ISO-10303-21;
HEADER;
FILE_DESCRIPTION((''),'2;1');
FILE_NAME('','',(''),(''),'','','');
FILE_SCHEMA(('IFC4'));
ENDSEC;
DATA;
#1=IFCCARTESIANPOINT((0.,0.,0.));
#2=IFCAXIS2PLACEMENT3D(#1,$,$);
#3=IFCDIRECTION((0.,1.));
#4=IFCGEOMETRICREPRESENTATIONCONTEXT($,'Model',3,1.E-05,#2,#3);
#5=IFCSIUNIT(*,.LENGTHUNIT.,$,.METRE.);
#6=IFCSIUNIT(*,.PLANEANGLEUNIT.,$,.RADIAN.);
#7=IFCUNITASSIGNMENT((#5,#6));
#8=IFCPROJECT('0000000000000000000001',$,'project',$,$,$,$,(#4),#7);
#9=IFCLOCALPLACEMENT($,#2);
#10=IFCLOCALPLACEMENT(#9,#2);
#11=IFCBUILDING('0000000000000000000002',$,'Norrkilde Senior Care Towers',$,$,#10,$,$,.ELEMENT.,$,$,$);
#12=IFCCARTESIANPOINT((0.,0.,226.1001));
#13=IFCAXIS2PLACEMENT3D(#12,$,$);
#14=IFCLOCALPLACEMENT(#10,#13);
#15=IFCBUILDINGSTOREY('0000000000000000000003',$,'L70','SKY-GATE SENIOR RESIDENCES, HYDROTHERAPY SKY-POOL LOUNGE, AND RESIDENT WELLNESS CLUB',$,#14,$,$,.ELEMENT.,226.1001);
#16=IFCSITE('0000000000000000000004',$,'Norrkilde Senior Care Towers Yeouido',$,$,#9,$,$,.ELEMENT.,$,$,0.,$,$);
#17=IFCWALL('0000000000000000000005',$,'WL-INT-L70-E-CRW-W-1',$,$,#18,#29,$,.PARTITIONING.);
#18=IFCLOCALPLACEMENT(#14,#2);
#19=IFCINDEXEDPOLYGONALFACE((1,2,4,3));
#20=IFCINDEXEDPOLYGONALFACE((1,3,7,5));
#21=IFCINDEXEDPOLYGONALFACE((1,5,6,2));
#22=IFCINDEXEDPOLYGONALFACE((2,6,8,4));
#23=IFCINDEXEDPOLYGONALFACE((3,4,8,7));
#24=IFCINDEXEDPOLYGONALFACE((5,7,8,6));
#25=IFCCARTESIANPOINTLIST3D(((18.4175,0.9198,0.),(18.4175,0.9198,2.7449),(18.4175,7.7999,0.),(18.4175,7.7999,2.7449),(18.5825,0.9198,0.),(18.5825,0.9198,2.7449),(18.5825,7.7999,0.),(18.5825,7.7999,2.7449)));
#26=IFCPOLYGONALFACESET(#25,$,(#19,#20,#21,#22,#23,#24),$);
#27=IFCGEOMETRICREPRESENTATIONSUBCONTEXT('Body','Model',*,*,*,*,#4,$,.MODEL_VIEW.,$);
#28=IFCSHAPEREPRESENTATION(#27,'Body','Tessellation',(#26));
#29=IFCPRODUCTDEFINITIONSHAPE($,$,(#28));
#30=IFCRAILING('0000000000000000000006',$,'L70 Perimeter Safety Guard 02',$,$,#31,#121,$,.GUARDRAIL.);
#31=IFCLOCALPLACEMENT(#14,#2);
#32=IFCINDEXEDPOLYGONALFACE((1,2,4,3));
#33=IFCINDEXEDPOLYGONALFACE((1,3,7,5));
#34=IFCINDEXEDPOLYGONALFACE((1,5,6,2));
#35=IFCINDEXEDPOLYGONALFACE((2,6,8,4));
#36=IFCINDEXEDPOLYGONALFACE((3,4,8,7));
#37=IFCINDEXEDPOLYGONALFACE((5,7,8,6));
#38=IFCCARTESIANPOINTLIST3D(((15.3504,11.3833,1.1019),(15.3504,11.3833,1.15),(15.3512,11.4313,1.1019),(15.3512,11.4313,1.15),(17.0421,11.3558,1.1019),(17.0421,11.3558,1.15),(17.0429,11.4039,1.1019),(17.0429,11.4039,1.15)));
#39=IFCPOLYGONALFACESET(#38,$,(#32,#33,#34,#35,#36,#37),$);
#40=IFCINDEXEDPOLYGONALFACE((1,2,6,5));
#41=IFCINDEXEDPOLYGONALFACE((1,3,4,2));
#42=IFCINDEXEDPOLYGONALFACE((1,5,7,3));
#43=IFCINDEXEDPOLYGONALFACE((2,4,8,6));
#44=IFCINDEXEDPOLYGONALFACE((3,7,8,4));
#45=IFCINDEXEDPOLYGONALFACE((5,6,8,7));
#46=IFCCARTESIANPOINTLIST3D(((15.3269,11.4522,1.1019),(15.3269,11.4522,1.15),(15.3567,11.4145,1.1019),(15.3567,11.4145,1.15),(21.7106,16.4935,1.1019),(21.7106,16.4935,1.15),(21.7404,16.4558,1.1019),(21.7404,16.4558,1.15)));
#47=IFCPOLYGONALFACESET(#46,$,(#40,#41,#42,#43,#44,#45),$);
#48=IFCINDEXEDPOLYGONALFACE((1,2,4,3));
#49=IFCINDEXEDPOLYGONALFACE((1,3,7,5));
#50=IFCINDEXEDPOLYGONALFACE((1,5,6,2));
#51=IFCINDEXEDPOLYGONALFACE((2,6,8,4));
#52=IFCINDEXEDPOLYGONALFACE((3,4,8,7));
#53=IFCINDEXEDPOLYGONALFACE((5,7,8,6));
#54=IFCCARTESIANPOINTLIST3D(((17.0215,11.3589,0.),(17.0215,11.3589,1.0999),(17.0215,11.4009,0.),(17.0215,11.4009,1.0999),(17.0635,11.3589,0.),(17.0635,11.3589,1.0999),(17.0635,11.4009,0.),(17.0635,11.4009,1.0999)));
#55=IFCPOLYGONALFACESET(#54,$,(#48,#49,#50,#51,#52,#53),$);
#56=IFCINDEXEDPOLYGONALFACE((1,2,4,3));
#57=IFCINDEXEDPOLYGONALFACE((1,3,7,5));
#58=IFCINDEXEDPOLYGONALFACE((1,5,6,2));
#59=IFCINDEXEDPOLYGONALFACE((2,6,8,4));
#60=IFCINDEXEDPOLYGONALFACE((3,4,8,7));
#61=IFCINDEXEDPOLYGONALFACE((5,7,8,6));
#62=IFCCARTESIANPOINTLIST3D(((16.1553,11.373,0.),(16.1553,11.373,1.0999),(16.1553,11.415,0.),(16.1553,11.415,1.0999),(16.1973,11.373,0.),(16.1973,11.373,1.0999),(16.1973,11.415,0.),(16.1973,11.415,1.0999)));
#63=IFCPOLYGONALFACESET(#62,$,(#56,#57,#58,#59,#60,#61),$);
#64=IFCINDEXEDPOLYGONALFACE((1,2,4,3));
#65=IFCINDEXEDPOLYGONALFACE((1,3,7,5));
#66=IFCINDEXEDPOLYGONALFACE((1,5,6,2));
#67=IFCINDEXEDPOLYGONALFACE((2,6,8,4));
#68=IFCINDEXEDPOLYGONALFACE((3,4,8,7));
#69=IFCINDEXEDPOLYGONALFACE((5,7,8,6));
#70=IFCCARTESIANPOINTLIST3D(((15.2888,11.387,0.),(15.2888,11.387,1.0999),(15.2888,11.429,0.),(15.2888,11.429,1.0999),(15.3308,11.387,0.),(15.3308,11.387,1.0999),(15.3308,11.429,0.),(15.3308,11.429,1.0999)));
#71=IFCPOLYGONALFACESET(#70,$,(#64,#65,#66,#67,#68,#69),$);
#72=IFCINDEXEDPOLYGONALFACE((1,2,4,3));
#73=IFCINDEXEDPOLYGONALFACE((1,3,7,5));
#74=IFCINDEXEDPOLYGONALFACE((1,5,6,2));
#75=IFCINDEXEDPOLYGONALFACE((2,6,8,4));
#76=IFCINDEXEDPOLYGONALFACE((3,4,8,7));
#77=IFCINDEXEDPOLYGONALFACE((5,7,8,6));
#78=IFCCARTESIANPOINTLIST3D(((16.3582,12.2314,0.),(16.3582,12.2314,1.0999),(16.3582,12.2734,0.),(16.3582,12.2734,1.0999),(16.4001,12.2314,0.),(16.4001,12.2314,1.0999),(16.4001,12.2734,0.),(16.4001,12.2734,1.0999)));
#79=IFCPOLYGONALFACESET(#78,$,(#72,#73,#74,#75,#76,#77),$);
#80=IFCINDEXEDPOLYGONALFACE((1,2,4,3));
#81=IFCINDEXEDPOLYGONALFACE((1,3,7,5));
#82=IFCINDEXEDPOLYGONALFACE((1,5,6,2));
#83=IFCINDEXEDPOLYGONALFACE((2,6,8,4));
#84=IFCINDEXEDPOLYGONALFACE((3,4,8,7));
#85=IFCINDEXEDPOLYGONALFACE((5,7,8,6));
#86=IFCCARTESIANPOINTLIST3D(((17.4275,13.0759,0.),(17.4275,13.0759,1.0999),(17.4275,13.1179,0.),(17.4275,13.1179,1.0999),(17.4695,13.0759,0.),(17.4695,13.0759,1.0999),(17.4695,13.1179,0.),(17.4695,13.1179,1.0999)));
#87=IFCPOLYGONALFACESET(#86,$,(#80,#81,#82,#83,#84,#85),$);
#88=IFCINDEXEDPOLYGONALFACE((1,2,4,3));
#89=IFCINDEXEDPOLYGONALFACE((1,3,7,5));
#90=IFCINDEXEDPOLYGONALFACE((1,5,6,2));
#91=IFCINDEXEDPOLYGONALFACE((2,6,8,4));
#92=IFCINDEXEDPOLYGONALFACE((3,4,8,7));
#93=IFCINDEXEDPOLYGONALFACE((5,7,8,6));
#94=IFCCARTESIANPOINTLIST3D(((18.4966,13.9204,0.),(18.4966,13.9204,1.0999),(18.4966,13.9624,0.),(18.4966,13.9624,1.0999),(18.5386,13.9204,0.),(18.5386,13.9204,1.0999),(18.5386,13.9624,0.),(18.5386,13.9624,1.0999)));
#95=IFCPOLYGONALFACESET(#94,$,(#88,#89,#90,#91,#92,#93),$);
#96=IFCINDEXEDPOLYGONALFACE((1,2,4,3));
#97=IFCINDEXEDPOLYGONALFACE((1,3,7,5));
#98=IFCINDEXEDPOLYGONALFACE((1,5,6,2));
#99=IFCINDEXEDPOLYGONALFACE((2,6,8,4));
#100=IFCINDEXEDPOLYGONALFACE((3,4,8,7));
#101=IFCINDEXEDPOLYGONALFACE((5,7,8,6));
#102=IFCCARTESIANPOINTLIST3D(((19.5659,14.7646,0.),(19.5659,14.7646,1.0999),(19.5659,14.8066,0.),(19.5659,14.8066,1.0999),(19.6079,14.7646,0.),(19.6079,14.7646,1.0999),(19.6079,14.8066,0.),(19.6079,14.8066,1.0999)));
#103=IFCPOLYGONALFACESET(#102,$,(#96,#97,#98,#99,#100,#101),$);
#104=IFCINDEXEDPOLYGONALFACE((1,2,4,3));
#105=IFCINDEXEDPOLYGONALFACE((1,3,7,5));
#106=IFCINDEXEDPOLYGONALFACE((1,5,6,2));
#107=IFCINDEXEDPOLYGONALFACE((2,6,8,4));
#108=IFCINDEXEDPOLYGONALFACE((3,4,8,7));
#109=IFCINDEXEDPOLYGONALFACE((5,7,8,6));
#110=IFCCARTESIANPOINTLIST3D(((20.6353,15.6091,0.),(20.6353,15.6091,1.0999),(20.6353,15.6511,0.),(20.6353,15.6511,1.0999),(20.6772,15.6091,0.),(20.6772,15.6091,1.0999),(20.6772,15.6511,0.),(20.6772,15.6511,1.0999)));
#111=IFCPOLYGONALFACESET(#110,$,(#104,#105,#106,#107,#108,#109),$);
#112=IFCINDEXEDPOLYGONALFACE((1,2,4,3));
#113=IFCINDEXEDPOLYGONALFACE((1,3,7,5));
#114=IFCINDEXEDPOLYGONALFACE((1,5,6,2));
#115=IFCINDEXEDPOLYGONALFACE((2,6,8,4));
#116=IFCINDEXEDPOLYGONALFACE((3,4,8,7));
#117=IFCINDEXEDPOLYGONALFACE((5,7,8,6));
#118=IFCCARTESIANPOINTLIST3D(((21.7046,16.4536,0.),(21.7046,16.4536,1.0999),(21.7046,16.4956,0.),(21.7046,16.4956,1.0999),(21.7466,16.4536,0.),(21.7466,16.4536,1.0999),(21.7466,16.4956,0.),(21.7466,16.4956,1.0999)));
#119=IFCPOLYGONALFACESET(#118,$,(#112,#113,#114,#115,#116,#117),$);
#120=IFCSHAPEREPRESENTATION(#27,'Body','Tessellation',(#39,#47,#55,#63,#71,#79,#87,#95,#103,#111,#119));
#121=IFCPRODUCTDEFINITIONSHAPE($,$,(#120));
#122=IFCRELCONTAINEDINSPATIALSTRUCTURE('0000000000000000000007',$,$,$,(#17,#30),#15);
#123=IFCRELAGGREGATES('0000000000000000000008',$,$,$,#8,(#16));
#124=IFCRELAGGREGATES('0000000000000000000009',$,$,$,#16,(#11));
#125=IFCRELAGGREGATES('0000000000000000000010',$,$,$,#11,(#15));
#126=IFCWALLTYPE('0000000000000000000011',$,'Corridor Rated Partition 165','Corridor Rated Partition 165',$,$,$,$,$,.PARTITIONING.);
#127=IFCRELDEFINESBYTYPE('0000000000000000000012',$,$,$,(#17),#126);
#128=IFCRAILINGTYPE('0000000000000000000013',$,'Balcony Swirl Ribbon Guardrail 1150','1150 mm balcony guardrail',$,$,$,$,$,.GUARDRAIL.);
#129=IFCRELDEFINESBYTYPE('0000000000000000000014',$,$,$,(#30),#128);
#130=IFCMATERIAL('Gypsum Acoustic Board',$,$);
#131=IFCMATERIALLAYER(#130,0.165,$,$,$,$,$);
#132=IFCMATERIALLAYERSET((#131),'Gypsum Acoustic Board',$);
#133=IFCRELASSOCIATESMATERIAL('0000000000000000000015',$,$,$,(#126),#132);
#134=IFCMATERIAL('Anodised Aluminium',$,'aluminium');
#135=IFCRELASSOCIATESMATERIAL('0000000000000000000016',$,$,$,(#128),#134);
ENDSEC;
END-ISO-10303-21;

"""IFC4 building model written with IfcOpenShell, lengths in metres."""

from ifc_helpers import new_model, si_unit, direction, frame, frame_2d, origin, origin_2d, place, context, subcontext, project, spatial, rectangle, extrude, source, transform, mapped, material, layer, layer_set, type_object, element, save


model = new_model("IFC4")

# Units and contexts
model_context = context("Model", 3, precision=1e-05, world=origin(), true_north=direction((0.0, 1.0)))
body_context = subcontext(model_context, "Body", "Model", "MODEL_VIEW")
ifc_project = project(units=[si_unit("LENGTHUNIT", "METRE"), si_unit("PLANEANGLEUNIT", "RADIAN")], contexts=[model_context])

# Site, building, storey
site_placement = place(None, origin())
site = spatial("IfcSite", under=ifc_project, at=site_placement, Name="Norrkilde Senior Care Towers Yeouido", CompositionType="ELEMENT", RefElevation=0.0)
building_placement = place(site_placement, origin())
building = spatial("IfcBuilding", under=site, at=building_placement, Name="Norrkilde Senior Care Towers", CompositionType="ELEMENT")
storey_placement = place(building_placement, frame((0.0, 0.0, 226.1001)))
storey = spatial("IfcBuildingStorey", under=building, at=storey_placement, Name="L70", Description="SKY-GATE SENIOR RESIDENCES, HYDROTHERAPY SKY-POOL LOUNGE, AND RESIDENT WELLNESS CLUB", CompositionType="ELEMENT", Elevation=226.1001)

# Shared definitions
ifc_material_1 = material(Name="Anodised Aluminium", Category="aluminium")

# Shared definitions
ifc_material_2 = material(Name="Gypsum Acoustic Board")
ifc_layer_1 = layer(ifc_material_2, 0.165)
ifc_layer_set_1 = layer_set([ifc_layer_1], Name="Gypsum Acoustic Board")
wall_type_1 = type_object("IfcWallType", Name="Corridor Rated Partition 165", Description="Corridor Rated Partition 165", PredefinedType="PARTITIONING", material=ifc_layer_set_1)

# Wall
shared_shape_1 = source(origin(), body_context, "Body", "SweptSolid", [
    extrude(rectangle(XDim=6.8801, YDim=0.165, at=frame_2d((3.4399, 0.0))), origin(), (0.0, 0.0, 1.0), 2.7449),
])
wall_1_placement = place(storey_placement, frame((18.5, 0.9199, 0.0), z_axis=(0.0, 0.0, 1.0), x_axis=(0.0, 1.0, 0.0)))
element("IfcWall", 1, at=wall_1_placement, inside=storey, type_object=wall_type_1, Name="WL-INT-L70-E-CRW-W-1", PredefinedType="PARTITIONING", context=body_context, shape_type="MappedRepresentation", body=[
    mapped(shared_shape_1, transform((0.0, 0.0, 0.0), x_axis=(1.0, 0.0, 0.0), y_axis=(0.0, 1.0, 0.0), z_axis=(0.0, 0.0, 1.0), scale=1.0)),
])

# Railing
railing_type = type_object("IfcRailingType", Name="Balcony Swirl Ribbon Guardrail 1150", Description="1150 mm balcony guardrail", PredefinedType="GUARDRAIL", material=ifc_material_1)
railing_1_placement = place(storey_placement, frame((17.0425, 11.3799, 0.0)))
element("IfcRailing", 2, at=railing_1_placement, inside=storey, type_object=railing_type, Name="L70 Perimeter Safety Guard 02", PredefinedType="GUARDRAIL", context=body_context, shape_type="SweptSolid", body=[
    extrude(rectangle(XDim=0.0481, YDim=0.0481, at=origin_2d()), frame((0.0, 0.0, 1.126), z_axis=(-0.999869, 0.016202, 0.0), x_axis=(-0.016202, -0.999869, 0.0)), (0.0, 0.0, 1.0), 1.6919),
    extrude(rectangle(XDim=0.0481, YDim=0.0481, at=origin_2d()), frame((-1.7007, 0.0535, 1.126), z_axis=(0.784789, 0.619762, 0.0), x_axis=(-0.619762, 0.784789, 0.0)), (0.0, 0.0, 1.0), 8.1343),
    extrude(rectangle(XDim=0.042, YDim=0.042, at=origin_2d()), origin(), (0.0, 0.0, 1.0), 1.0999),
    extrude(rectangle(XDim=0.042, YDim=0.042, at=origin_2d()), frame((-0.8662, 0.0142, 0.0)), (0.0, 0.0, 1.0), 1.0999),
    extrude(rectangle(XDim=0.042, YDim=0.042, at=origin_2d()), frame((-1.7327, 0.0281, 0.0)), (0.0, 0.0, 1.0), 1.0999),
    extrude(rectangle(XDim=0.042, YDim=0.042, at=origin_2d()), frame((-0.6633, 0.8726, 0.0)), (0.0, 0.0, 1.0), 1.0999),
    extrude(rectangle(XDim=0.042, YDim=0.042, at=origin_2d()), frame((0.406, 1.717, 0.0)), (0.0, 0.0, 1.0), 1.0999),
    extrude(rectangle(XDim=0.042, YDim=0.042, at=origin_2d()), frame((1.4751, 2.5615, 0.0)), (0.0, 0.0, 1.0), 1.0999),
    extrude(rectangle(XDim=0.042, YDim=0.042, at=origin_2d()), frame((2.5444, 3.4058, 0.0)), (0.0, 0.0, 1.0), 1.0999),
    extrude(rectangle(XDim=0.042, YDim=0.042, at=origin_2d()), frame((3.6138, 4.2502, 0.0)), (0.0, 0.0, 1.0), 1.0999),
    extrude(rectangle(XDim=0.042, YDim=0.042, at=origin_2d()), frame((4.6831, 5.0947, 0.0)), (0.0, 0.0, 1.0), 1.0999),
])

save(model, "model.ifc")
